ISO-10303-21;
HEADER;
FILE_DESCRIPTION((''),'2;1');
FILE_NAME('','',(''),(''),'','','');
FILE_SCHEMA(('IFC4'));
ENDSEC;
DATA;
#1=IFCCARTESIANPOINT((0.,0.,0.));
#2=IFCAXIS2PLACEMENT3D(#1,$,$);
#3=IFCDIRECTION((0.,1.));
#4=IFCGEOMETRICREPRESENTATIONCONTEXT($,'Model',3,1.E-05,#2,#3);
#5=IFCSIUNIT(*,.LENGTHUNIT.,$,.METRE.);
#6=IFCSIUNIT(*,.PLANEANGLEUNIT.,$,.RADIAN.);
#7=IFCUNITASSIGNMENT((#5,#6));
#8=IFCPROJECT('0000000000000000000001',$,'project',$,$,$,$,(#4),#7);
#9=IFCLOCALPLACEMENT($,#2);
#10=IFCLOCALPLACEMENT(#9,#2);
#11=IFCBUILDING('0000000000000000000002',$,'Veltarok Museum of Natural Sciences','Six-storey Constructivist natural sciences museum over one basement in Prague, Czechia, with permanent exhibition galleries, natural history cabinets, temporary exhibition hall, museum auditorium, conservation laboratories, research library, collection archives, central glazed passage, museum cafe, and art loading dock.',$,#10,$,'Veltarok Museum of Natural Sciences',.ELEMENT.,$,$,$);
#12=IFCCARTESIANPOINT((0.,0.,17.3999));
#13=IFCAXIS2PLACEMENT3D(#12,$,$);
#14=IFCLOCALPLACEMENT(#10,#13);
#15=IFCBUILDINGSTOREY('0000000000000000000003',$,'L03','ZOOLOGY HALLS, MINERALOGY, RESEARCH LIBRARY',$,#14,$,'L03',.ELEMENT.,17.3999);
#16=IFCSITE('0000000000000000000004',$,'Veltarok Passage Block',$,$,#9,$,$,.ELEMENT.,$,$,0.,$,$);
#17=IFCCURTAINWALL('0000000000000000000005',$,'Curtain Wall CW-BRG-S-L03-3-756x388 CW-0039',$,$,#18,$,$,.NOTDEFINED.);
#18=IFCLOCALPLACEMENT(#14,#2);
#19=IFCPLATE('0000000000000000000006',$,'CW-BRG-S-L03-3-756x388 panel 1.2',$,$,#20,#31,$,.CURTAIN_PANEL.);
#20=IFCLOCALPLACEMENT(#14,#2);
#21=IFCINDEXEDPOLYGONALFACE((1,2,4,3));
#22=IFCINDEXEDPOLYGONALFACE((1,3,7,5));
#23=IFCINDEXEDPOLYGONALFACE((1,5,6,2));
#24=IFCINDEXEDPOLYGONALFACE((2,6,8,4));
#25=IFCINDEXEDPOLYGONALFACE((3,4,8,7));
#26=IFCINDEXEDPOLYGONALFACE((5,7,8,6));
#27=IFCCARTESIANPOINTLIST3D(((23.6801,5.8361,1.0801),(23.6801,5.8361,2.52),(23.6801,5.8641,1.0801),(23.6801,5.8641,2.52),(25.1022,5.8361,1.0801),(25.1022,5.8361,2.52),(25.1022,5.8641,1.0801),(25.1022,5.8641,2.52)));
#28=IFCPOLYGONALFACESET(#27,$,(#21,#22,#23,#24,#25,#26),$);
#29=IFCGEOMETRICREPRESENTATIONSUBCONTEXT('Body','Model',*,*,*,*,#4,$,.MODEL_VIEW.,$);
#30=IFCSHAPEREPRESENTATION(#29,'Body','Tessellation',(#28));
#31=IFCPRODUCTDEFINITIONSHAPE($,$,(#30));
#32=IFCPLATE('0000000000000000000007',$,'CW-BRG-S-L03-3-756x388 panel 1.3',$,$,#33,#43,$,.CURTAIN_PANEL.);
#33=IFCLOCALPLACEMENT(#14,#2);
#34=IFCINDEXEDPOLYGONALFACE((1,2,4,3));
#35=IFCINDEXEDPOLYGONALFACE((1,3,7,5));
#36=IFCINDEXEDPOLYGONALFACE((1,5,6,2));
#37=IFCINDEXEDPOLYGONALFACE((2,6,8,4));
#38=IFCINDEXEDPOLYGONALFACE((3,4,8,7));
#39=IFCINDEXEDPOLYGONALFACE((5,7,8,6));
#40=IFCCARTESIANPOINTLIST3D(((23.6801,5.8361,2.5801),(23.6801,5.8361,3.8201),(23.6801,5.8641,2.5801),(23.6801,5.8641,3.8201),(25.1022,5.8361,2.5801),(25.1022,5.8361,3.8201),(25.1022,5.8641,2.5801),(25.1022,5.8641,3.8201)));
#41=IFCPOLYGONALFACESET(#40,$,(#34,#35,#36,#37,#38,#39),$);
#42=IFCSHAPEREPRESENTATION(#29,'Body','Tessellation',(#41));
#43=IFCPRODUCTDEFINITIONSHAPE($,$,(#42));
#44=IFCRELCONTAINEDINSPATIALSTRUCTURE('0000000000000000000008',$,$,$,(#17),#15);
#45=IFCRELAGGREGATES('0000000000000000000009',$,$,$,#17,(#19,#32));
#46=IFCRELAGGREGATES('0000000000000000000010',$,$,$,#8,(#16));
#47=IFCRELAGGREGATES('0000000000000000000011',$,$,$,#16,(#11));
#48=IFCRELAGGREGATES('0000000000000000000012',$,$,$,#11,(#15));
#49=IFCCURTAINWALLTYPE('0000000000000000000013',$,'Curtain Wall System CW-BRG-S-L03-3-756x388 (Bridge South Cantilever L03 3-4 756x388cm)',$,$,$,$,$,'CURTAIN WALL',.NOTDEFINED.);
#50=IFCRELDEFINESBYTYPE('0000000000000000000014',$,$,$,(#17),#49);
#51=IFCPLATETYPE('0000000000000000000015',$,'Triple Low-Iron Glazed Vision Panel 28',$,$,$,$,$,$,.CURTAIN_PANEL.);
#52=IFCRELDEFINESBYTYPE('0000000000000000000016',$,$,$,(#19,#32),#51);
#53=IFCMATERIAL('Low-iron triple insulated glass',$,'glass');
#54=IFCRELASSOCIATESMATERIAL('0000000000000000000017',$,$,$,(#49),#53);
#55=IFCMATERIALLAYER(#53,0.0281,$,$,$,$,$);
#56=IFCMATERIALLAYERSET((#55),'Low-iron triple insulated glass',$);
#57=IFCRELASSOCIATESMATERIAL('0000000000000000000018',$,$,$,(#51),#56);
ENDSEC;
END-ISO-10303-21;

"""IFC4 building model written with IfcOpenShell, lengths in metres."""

from ifc_helpers import new_model, si_unit, direction, frame, origin, origin_2d, place, context, subcontext, project, spatial, rectangle, extrude, material, layer, layer_set, type_object, element, aggregate, save


model = new_model("IFC4")

# Units and contexts
model_context = context("Model", 3, precision=1e-05, world=origin(), true_north=direction((0.0, 1.0)))
body_context = subcontext(model_context, "Body", "Model", "MODEL_VIEW")
ifc_project = project(units=[si_unit("LENGTHUNIT", "METRE"), si_unit("PLANEANGLEUNIT", "RADIAN")], contexts=[model_context])

# Site, building, storey
site_placement = place(None, origin())
site = spatial("IfcSite", under=ifc_project, at=site_placement, Name="Veltarok Passage Block", CompositionType="ELEMENT", RefElevation=0.0)
building_placement = place(site_placement, origin())
building = spatial("IfcBuilding", under=site, at=building_placement, Name="Veltarok Museum of Natural Sciences", Description="Six-storey Constructivist natural sciences museum over one basement in Prague, Czechia, with permanent exhibition galleries, natural history cabinets, temporary exhibition hall, museum auditorium, conservation laboratories, research library, collection archives, central glazed passage, museum cafe, and art loading dock.", LongName="Veltarok Museum of Natural Sciences", CompositionType="ELEMENT")
storey_placement = place(building_placement, frame((0.0, 0.0, 17.3999)))
storey = spatial("IfcBuildingStorey", under=building, at=storey_placement, Name="L03", Description="ZOOLOGY HALLS, MINERALOGY, RESEARCH LIBRARY", LongName="L03", CompositionType="ELEMENT", Elevation=17.3999)

# Curtain wall
ifc_material_1 = material(Name="Low-iron triple insulated glass", Category="glass")
curtain_wall_type_1 = type_object("IfcCurtainWallType", Name="Curtain Wall System CW-BRG-S-L03-3-756x388 (Bridge South Cantilever L03 3-4 756x388cm)", ElementType="CURTAIN WALL", PredefinedType="NOTDEFINED", material=ifc_material_1)
curtain_wall_1_placement = place(storey_placement, origin())
curtain_wall_1 = element("IfcCurtainWall", 1, at=curtain_wall_1_placement, inside=storey, type_object=curtain_wall_type_1, Name="Curtain Wall CW-BRG-S-L03-3-756x388 CW-0039", PredefinedType="NOTDEFINED")

# Plates
ifc_layer = layer(ifc_material_1, 0.0281)
ifc_layer_set = layer_set([ifc_layer], Name="Low-iron triple insulated glass")
plate_type = type_object("IfcPlateType", Name="Triple Low-Iron Glazed Vision Panel 28", PredefinedType="CURTAIN_PANEL", material=ifc_layer_set)
plate_1_placement = place(storey_placement, frame((24.3911, 5.8501, 1.0801), z_axis=(0.0, 0.0, 1.0), x_axis=(1.0, 0.0, 0.0)))
plate_1 = element("IfcPlate", 2, at=plate_1_placement, type_object=plate_type, Name="CW-BRG-S-L03-3-756x388 panel 1.2", PredefinedType="CURTAIN_PANEL", context=body_context, shape_type="SweptSolid", body=[
    extrude(rectangle(XDim=1.4221, YDim=0.0281, at=origin_2d()), origin(), (0.0, 0.0, 1.0), 1.4399),
])
plate_2_placement = place(storey_placement, frame((24.3911, 5.8501, 2.5801), z_axis=(0.0, 0.0, 1.0), x_axis=(1.0, 0.0, 0.0)))
plate_2 = element("IfcPlate", 3, at=plate_2_placement, type_object=plate_type, Name="CW-BRG-S-L03-3-756x388 panel 1.3", PredefinedType="CURTAIN_PANEL", context=body_context, shape_type="SweptSolid", body=[
    extrude(rectangle(XDim=1.4221, YDim=0.0281, at=origin_2d()), origin(), (0.0, 0.0, 1.0), 1.24),
])
aggregate(curtain_wall_1, [plate_1, plate_2])

save(model, "model.ifc")
